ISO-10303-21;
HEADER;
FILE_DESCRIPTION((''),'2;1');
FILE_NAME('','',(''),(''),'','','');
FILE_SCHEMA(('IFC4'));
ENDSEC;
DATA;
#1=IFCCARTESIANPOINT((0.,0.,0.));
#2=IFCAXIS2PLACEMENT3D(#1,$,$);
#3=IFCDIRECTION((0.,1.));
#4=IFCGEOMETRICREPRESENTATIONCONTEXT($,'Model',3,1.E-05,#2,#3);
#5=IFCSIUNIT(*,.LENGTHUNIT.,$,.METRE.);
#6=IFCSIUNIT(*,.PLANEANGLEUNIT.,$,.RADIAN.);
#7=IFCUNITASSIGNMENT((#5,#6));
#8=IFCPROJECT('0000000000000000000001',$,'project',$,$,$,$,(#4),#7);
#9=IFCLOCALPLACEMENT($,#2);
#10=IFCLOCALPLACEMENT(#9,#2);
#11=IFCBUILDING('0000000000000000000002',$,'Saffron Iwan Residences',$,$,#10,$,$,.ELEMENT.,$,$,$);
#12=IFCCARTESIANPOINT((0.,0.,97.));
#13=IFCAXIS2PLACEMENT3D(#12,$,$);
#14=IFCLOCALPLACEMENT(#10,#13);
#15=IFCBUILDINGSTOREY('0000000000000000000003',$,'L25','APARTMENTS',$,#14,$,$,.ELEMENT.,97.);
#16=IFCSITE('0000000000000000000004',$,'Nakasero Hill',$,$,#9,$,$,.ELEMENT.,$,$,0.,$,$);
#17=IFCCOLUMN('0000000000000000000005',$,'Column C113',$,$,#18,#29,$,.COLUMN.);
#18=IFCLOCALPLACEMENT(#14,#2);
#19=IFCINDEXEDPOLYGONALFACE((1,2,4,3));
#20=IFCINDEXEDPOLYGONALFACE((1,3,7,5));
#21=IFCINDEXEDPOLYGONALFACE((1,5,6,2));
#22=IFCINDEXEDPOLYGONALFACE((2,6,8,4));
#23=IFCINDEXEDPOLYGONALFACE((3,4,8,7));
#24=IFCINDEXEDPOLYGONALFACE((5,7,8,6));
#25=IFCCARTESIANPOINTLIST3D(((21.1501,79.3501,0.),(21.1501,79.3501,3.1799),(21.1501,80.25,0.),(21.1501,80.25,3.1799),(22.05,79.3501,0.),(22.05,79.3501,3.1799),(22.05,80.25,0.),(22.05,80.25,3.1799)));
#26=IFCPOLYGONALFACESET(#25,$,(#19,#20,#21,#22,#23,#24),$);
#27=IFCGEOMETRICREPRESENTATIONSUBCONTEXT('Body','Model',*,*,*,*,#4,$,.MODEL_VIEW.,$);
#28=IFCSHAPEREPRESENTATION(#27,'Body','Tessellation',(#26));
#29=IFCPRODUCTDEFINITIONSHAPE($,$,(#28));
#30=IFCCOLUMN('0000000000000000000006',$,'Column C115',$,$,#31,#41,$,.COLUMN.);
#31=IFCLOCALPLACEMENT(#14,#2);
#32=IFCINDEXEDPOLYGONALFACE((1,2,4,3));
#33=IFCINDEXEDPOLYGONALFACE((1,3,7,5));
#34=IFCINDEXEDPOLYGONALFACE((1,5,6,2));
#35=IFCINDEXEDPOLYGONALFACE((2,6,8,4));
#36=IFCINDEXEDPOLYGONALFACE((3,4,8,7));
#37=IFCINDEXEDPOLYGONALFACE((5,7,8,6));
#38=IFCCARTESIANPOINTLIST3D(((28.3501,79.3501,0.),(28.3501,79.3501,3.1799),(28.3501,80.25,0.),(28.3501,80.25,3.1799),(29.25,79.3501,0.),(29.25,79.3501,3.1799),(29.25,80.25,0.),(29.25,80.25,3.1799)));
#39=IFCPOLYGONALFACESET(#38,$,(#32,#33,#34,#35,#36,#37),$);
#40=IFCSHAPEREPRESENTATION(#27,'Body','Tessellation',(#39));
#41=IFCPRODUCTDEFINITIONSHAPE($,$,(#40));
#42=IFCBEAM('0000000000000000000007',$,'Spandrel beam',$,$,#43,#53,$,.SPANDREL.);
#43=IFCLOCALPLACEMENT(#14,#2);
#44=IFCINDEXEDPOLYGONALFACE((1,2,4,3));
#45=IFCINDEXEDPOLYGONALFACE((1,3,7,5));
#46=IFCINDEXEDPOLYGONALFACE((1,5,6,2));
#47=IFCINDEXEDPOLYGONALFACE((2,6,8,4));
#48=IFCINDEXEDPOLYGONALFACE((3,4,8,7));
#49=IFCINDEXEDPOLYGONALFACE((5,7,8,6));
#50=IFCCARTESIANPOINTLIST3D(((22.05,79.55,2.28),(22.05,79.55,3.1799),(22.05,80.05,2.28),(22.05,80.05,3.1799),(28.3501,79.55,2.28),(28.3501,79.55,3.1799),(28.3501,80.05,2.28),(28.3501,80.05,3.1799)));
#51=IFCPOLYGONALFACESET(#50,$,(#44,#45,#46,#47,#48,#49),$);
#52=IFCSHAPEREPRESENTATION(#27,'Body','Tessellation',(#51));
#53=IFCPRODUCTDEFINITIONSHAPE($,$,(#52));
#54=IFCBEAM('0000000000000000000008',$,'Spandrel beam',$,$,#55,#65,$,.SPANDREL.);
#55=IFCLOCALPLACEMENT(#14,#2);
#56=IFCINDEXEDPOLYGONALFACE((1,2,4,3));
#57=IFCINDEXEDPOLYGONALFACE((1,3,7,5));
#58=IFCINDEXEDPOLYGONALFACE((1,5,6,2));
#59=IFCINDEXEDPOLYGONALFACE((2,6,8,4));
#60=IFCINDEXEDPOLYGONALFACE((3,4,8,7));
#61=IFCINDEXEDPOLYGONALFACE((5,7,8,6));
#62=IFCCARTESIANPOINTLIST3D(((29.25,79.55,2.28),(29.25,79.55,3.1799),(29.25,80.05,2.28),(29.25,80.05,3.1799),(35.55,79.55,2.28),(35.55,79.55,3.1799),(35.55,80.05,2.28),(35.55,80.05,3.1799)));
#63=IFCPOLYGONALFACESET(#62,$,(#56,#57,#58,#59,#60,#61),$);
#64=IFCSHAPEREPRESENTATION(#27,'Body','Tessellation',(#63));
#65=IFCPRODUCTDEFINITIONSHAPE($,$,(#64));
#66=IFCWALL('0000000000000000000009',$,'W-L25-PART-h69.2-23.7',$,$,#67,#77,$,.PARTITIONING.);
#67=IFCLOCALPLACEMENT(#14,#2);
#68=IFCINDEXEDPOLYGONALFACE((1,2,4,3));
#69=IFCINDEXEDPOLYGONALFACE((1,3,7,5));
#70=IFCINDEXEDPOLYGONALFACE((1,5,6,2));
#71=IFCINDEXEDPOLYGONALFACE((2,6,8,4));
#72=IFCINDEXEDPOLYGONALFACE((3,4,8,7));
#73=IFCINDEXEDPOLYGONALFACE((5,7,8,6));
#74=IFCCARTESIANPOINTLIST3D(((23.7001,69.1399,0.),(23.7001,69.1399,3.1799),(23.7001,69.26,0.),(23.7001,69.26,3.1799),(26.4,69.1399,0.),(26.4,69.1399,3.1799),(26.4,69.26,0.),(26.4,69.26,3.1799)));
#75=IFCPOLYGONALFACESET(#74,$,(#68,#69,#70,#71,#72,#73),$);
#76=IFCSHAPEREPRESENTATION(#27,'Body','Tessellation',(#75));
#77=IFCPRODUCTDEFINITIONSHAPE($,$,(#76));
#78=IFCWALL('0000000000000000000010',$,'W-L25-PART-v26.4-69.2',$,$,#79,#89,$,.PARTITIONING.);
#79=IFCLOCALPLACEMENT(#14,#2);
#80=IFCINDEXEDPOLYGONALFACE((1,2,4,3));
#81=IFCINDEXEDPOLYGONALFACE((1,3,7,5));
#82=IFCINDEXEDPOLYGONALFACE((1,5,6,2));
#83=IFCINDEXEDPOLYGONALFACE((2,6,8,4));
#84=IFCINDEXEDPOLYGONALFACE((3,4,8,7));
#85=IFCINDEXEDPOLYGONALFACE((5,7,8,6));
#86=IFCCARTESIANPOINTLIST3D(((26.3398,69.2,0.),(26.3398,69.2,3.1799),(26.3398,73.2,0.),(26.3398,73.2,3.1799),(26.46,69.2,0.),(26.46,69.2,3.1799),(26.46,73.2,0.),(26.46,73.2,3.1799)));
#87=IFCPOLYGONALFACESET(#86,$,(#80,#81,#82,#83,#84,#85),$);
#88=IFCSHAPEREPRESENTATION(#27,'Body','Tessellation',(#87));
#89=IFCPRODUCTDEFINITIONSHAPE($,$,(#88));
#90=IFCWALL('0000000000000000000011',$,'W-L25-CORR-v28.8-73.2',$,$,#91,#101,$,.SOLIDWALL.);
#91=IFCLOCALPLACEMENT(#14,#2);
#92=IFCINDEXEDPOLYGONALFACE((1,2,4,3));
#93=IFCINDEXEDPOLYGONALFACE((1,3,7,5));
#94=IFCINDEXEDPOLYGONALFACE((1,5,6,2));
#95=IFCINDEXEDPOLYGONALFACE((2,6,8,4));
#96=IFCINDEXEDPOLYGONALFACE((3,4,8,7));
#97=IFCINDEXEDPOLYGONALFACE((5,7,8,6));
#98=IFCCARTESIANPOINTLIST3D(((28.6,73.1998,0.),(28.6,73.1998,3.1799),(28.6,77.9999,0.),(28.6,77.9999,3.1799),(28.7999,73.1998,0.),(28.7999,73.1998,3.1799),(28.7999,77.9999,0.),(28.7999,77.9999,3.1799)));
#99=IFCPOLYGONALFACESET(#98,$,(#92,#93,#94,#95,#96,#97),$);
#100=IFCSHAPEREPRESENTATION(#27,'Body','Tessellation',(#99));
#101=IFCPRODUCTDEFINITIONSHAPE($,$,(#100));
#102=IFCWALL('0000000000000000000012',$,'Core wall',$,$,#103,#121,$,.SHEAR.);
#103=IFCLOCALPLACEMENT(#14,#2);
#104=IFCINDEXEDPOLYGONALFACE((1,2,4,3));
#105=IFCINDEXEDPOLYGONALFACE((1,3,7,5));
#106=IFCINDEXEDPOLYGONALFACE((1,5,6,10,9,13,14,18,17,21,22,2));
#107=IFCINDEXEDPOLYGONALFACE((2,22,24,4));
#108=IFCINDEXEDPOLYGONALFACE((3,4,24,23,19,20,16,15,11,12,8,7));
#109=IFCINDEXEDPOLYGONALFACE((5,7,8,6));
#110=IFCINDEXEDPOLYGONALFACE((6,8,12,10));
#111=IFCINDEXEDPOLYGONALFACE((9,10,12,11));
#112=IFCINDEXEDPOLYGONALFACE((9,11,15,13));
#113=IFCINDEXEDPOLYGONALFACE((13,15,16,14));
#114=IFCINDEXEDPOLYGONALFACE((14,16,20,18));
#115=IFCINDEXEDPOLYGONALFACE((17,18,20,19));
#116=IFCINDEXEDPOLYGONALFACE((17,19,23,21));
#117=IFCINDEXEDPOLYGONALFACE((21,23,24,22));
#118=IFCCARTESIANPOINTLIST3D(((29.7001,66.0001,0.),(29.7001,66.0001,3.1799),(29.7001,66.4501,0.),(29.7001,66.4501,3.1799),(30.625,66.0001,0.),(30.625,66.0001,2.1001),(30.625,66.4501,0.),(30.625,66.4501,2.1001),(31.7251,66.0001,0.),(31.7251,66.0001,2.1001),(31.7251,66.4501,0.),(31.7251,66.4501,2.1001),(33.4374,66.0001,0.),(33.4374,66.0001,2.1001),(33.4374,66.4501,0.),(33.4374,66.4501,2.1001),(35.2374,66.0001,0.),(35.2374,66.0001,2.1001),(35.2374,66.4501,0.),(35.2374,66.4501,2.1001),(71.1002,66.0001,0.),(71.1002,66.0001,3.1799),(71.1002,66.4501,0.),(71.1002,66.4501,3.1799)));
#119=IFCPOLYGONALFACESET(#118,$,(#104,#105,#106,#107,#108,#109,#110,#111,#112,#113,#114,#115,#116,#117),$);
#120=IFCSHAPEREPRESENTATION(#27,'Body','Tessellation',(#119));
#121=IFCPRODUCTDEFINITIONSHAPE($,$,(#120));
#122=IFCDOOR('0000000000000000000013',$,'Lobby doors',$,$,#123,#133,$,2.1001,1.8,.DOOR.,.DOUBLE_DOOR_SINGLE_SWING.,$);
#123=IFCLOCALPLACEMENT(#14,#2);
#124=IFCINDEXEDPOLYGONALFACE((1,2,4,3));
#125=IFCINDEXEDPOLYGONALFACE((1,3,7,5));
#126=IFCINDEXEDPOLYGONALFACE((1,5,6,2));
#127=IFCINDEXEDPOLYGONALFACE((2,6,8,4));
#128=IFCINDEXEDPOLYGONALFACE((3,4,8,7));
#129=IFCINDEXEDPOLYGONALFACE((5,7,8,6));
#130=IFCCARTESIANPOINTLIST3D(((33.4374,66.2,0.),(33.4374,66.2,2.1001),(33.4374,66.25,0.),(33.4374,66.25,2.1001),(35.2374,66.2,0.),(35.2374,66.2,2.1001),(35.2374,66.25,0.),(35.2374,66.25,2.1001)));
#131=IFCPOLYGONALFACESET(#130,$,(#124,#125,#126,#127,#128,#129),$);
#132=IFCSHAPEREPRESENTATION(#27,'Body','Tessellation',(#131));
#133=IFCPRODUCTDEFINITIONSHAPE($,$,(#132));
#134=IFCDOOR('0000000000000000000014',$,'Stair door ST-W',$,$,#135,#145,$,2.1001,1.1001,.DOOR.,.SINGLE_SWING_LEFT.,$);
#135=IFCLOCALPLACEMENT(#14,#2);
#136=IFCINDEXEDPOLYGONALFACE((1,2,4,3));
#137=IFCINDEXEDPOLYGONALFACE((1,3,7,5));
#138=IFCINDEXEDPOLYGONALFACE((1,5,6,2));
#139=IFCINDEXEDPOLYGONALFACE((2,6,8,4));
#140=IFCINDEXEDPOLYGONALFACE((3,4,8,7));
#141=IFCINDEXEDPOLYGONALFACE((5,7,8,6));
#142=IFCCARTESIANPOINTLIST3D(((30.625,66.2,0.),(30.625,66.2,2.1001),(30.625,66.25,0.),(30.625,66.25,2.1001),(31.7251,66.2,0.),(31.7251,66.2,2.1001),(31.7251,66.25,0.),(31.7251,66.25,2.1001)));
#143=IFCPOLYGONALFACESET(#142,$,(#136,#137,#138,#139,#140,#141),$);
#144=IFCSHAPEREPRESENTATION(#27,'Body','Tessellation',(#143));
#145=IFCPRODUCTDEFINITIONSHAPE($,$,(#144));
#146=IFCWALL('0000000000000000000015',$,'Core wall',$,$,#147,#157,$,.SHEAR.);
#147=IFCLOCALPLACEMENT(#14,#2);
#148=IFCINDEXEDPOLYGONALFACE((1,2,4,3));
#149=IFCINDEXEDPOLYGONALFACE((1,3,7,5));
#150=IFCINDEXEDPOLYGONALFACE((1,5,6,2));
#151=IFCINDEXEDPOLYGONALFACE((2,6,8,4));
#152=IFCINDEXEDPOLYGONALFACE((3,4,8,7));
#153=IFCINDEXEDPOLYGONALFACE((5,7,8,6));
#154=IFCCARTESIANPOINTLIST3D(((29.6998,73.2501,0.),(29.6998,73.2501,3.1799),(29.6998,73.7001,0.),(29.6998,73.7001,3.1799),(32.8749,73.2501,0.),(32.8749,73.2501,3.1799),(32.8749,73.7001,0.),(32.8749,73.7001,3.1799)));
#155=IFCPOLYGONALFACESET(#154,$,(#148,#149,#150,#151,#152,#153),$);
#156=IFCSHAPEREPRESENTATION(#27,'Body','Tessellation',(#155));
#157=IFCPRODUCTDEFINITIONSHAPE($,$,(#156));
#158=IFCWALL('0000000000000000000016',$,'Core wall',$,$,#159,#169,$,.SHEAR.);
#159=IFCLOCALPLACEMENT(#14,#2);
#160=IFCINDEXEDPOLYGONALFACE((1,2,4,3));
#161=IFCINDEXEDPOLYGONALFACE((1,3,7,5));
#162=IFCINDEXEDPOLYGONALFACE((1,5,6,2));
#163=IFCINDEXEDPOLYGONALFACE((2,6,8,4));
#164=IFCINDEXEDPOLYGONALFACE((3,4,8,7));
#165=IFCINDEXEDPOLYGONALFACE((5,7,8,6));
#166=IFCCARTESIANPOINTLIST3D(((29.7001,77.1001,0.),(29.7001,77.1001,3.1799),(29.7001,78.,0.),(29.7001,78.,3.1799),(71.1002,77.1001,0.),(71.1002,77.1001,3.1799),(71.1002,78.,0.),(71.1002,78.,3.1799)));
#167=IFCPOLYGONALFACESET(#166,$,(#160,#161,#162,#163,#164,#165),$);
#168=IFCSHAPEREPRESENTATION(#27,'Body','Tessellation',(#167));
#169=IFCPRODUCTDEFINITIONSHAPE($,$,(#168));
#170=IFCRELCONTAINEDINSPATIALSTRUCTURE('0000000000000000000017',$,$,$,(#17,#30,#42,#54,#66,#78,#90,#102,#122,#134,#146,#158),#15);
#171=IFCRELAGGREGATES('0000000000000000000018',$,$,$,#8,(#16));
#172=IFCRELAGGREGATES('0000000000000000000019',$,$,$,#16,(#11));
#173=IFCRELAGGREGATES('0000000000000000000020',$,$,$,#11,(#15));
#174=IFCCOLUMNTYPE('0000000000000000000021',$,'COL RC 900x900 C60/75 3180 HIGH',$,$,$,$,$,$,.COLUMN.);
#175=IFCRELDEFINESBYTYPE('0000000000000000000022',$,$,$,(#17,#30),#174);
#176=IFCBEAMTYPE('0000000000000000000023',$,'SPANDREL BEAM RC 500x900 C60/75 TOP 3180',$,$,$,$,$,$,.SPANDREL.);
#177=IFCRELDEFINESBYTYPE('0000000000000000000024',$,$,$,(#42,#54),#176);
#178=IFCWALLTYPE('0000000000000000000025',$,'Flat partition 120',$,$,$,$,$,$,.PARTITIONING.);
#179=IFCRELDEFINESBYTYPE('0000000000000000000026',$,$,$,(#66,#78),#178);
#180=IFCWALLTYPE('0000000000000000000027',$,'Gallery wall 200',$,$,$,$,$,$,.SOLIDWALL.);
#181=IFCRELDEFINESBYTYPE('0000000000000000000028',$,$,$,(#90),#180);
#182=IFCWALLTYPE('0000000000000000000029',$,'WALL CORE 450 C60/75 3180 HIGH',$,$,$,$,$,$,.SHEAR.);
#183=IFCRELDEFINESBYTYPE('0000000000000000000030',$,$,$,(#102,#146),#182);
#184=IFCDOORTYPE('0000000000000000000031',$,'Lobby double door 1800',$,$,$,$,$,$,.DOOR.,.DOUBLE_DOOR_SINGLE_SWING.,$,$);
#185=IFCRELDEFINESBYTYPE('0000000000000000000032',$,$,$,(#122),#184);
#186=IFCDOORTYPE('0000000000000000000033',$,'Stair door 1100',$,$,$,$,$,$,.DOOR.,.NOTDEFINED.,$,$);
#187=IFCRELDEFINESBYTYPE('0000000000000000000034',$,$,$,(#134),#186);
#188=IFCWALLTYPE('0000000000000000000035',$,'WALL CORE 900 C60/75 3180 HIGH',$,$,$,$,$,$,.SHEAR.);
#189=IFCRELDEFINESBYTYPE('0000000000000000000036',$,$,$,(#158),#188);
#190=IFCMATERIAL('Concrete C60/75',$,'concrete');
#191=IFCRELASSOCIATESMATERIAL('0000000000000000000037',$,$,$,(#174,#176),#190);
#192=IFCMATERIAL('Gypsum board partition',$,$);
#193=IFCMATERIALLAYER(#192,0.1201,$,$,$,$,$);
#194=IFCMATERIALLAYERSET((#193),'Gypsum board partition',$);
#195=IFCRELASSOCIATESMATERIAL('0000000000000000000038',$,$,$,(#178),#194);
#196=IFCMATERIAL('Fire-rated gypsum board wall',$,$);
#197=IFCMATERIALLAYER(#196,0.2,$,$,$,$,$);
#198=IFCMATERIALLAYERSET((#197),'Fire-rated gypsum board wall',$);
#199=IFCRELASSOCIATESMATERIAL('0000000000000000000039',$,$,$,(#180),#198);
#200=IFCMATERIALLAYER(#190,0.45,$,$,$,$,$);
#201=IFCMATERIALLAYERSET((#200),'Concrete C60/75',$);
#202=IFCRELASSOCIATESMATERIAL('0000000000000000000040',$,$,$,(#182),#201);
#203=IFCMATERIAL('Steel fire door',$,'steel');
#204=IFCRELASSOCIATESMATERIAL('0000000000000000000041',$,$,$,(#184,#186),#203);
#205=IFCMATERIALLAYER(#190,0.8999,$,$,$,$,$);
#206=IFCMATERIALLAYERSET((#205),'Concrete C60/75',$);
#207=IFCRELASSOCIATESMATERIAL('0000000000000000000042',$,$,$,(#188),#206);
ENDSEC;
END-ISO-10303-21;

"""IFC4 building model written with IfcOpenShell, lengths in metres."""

from ifc_helpers import new_model, si_unit, direction, frame, frame_2d, origin, origin_2d, place, context, subcontext, project, spatial, rectangle, extrude, source, transform, mapped, material, layer, layer_set, material_profile, profile_set, type_object, element, fill, save


model = new_model("IFC4")

# Units and contexts
model_context = context("Model", 3, precision=1e-05, world=origin(), true_north=direction((0.0, 1.0)))
body_context = subcontext(model_context, "Body", "Model", "MODEL_VIEW")
ifc_project = project(units=[si_unit("LENGTHUNIT", "METRE"), si_unit("PLANEANGLEUNIT", "RADIAN")], contexts=[model_context])

# Site, building, storey
site_placement = place(None, origin())
site = spatial("IfcSite", under=ifc_project, at=site_placement, Name="Nakasero Hill", CompositionType="ELEMENT", RefElevation=0.0)
building_placement = place(site_placement, origin())
building = spatial("IfcBuilding", under=site, at=building_placement, Name="Saffron Iwan Residences", CompositionType="ELEMENT")
storey_placement = place(building_placement, frame((0.0, 0.0, 97.0)))
storey = spatial("IfcBuildingStorey", under=building, at=storey_placement, Name="L25", Description="APARTMENTS", CompositionType="ELEMENT", Elevation=97.0)

# Columns
ifc_material_1 = material(Name="Concrete C60/75", Category="concrete")
ifc_material_profile_1 = material_profile(ifc_material_1, rectangle(XDim=0.8999, YDim=0.8999, at=origin_2d()), Name="RC 900x900")
ifc_profile_set_1 = profile_set([ifc_material_profile_1], Name="Concrete C60/75")
column_type = type_object("IfcColumnType", Name="COL RC 900x900 C60/75 3180 HIGH", PredefinedType="COLUMN", material=ifc_profile_set_1)
shared_shape_1 = source(origin(), body_context, "Body", "SweptSolid", [
    extrude(rectangle(XDim=0.8999, YDim=0.8999, at=origin_2d()), origin(), (0.0, 0.0, 1.0), 3.1799),
])
for number, where, z_axis, x_axis, name in (
    (1, (21.6001, 79.8, 0.0), (0.0, 0.0, 1.0), (1.0, 0.0, 0.0), "Column C113"),
    (2, (28.8, 79.8, 0.0), (0.0, 0.0, 1.0), (1.0, 0.0, 0.0), "Column C115"),
):
    element("IfcColumn", number, at=place(storey_placement, frame(where, z_axis=z_axis, x_axis=x_axis)), inside=storey, type_object=column_type, Name=name, PredefinedType="COLUMN", context=body_context, shape_type="MappedRepresentation", body=[
        mapped(shared_shape_1, transform((0.0, 0.0, 0.0))),
    ])

# Beams
ifc_material_profile_2 = material_profile(ifc_material_1, rectangle(XDim=0.5, YDim=0.8999, at=origin_2d()), Name="RC 500x900")
ifc_profile_set_2 = profile_set([ifc_material_profile_2], Name="Concrete C60/75")
beam_type = type_object("IfcBeamType", Name="SPANDREL BEAM RC 500x900 C60/75 TOP 3180", PredefinedType="SPANDREL", material=ifc_profile_set_2)
shared_shape_2 = source(origin(), body_context, "Body", "SweptSolid", [
    extrude(rectangle(XDim=0.5, YDim=0.8999, at=origin_2d()), origin(), (0.0, 0.0, 1.0), 6.3),
])
for number, where, z_axis, x_axis, name in (
    (3, (22.05, 79.8, 2.73), (1.0, 0.0, 0.0), (0.0, 1.0, 0.0), "Spandrel beam"),
    (4, (29.25, 79.8, 2.73), (1.0, 0.0, 0.0), (0.0, 1.0, 0.0), "Spandrel beam"),
):
    element("IfcBeam", number, at=place(storey_placement, frame(where, z_axis=z_axis, x_axis=x_axis)), inside=storey, type_object=beam_type, Name=name, PredefinedType="SPANDREL", context=body_context, shape_type="MappedRepresentation", body=[
        mapped(shared_shape_2, transform((0.0, 0.0, 0.0))),
    ])

# Walls
ifc_material_2 = material(Name="Gypsum board partition")
ifc_layer_1 = layer(ifc_material_2, 0.1201)
ifc_layer_set_1 = layer_set([ifc_layer_1], Name="Gypsum board partition")
wall_type_1 = type_object("IfcWallType", Name="Flat partition 120", PredefinedType="PARTITIONING", material=ifc_layer_set_1)
wall_1_placement = place(storey_placement, frame((23.7, 69.2, 0.0), z_axis=(0.0, 0.0, 1.0), x_axis=(1.0, 0.0, 0.0)))
element("IfcWall", 5, at=wall_1_placement, inside=storey, type_object=wall_type_1, Name="W-L25-PART-h69.2-23.7", PredefinedType="PARTITIONING", context=body_context, shape_type="SweptSolid", body=[
    extrude(rectangle(XDim=2.7, YDim=0.1201, at=frame_2d((1.3501, 0.0))), origin(), (0.0, 0.0, 1.0), 3.1799),
])
wall_2_placement = place(storey_placement, frame((26.3999, 69.2, 0.0), z_axis=(0.0, 0.0, 1.0), x_axis=(0.0, 1.0, 0.0)))
element("IfcWall", 6, at=wall_2_placement, inside=storey, type_object=wall_type_1, Name="W-L25-PART-v26.4-69.2", PredefinedType="PARTITIONING", context=body_context, shape_type="SweptSolid", body=[
    extrude(rectangle(XDim=4.0, YDim=0.1201, at=frame_2d((2.0, 0.0))), origin(), (0.0, 0.0, 1.0), 3.1799),
])
ifc_material_3 = material(Name="Fire-rated gypsum board wall")
ifc_layer_2 = layer(ifc_material_3, 0.2)
ifc_layer_set_2 = layer_set([ifc_layer_2], Name="Fire-rated gypsum board wall")
wall_type_2 = type_object("IfcWallType", Name="Gallery wall 200", PredefinedType="SOLIDWALL", material=ifc_layer_set_2)
wall_3_placement = place(storey_placement, frame((28.7, 73.2, 0.0), z_axis=(0.0, 0.0, 1.0), x_axis=(0.0, 1.0, 0.0)))
element("IfcWall", 7, at=wall_3_placement, inside=storey, type_object=wall_type_2, Name="W-L25-CORR-v28.8-73.2", PredefinedType="SOLIDWALL", context=body_context, shape_type="SweptSolid", body=[
    extrude(rectangle(XDim=4.8, YDim=0.2, at=frame_2d((2.3999, 0.0))), origin(), (0.0, 0.0, 1.0), 3.1799),
])

# Wall, openings, doors
ifc_layer_3 = layer(ifc_material_1, 0.45)
ifc_layer_set_3 = layer_set([ifc_layer_3], Name="Concrete C60/75")
wall_type_3 = type_object("IfcWallType", Name="WALL CORE 450 C60/75 3180 HIGH", PredefinedType="SHEAR", material=ifc_layer_set_3)
wall_4_placement = place(storey_placement, frame((29.7, 66.2251, 0.0), z_axis=(0.0, 0.0, 1.0), x_axis=(1.0, 0.0, 0.0)))
wall_4 = element("IfcWall", 8, at=wall_4_placement, inside=storey, type_object=wall_type_3, Name="Core wall", PredefinedType="SHEAR", context=body_context, shape_type="SweptSolid", body=[
    extrude(rectangle(XDim=41.4001, YDim=0.45, at=frame_2d((20.7002, 0.0))), origin(), (0.0, 0.0, 1.0), 3.1799),
])
opening_1_placement = place(wall_4_placement, frame((0.925, 0.0, 0.0)))
opening_1 = element("IfcOpeningElement", 9, at=opening_1_placement, cuts=wall_4, PredefinedType="OPENING", context=body_context, shape_type="SweptSolid", body=[
    extrude(rectangle(XDim=1.1001, YDim=2.1001, at=frame_2d((0.55, 1.05))), frame((0.0, 0.2349, 0.0), z_axis=(0.0, -1.0, 0.0), x_axis=(1.0, 0.0, 0.0)), (0.0, 0.0, 1.0), 0.47),
])
opening_2_placement = place(wall_4_placement, frame((3.7375, 0.0, 0.0)))
opening_2 = element("IfcOpeningElement", 10, at=opening_2_placement, cuts=wall_4, PredefinedType="OPENING", context=body_context, shape_type="SweptSolid", body=[
    extrude(rectangle(XDim=1.8, YDim=2.1001, at=frame_2d((0.8999, 1.05))), frame((0.0, 0.2349, 0.0), z_axis=(0.0, -1.0, 0.0), x_axis=(1.0, 0.0, 0.0)), (0.0, 0.0, 1.0), 0.47),
])
ifc_material_4 = material(Name="Steel fire door", Category="steel")
door_type_1 = type_object("IfcDoorType", Name="Lobby double door 1800", OperationType="DOUBLE_DOOR_SINGLE_SWING", PredefinedType="DOOR", material=ifc_material_4)
door_1_placement = place(opening_2_placement, origin())
door_1 = element("IfcDoor", 11, at=door_1_placement, inside=storey, type_object=door_type_1, Name="Lobby doors", OperationType="DOUBLE_DOOR_SINGLE_SWING", OverallHeight=2.1001, OverallWidth=1.8, PredefinedType="DOOR", context=body_context, shape_type="SweptSolid", body=[
    extrude(rectangle(XDim=1.8, YDim=2.1001, at=frame_2d((0.8999, 1.05))), frame((0.0, 0.0249, 0.0), z_axis=(0.0, -1.0, 0.0), x_axis=(1.0, 0.0, 0.0)), (0.0, 0.0, 1.0), 0.05),
])
fill(opening_2, door_1)
door_type_2 = type_object("IfcDoorType", Name="Stair door 1100", OperationType="NOTDEFINED", PredefinedType="DOOR", material=ifc_material_4)
door_2_placement = place(opening_1_placement, origin())
door_2 = element("IfcDoor", 12, at=door_2_placement, inside=storey, type_object=door_type_2, Name="Stair door ST-W", OperationType="SINGLE_SWING_LEFT", OverallHeight=2.1001, OverallWidth=1.1001, PredefinedType="DOOR", context=body_context, shape_type="SweptSolid", body=[
    extrude(rectangle(XDim=1.1001, YDim=2.1001, at=frame_2d((0.55, 1.05))), frame((0.0, 0.0249, 0.0), z_axis=(0.0, -1.0, 0.0), x_axis=(1.0, 0.0, 0.0)), (0.0, 0.0, 1.0), 0.05),
])
fill(opening_1, door_2)

# Walls
wall_5_placement = place(storey_placement, frame((29.7, 73.4751, 0.0), z_axis=(0.0, 0.0, 1.0), x_axis=(1.0, 0.0, 0.0)))
element("IfcWall", 13, at=wall_5_placement, inside=storey, type_object=wall_type_3, Name="Core wall", PredefinedType="SHEAR", context=body_context, shape_type="SweptSolid", body=[
    extrude(rectangle(XDim=3.175, YDim=0.45, at=frame_2d((1.5874, 0.0))), origin(), (0.0, 0.0, 1.0), 3.1799),
])
ifc_layer_4 = layer(ifc_material_1, 0.8999)
ifc_layer_set_4 = layer_set([ifc_layer_4], Name="Concrete C60/75")
wall_type_4 = type_object("IfcWallType", Name="WALL CORE 900 C60/75 3180 HIGH", PredefinedType="SHEAR", material=ifc_layer_set_4)
wall_6_placement = place(storey_placement, frame((29.7, 77.55, 0.0), z_axis=(0.0, 0.0, 1.0), x_axis=(1.0, 0.0, 0.0)))
element("IfcWall", 14, at=wall_6_placement, inside=storey, type_object=wall_type_4, Name="Core wall", PredefinedType="SHEAR", context=body_context, shape_type="SweptSolid", body=[
    extrude(rectangle(XDim=41.4001, YDim=0.8999, at=frame_2d((20.7002, 0.0))), origin(), (0.0, 0.0, 1.0), 3.1799),
])

save(model, "model.ifc")
